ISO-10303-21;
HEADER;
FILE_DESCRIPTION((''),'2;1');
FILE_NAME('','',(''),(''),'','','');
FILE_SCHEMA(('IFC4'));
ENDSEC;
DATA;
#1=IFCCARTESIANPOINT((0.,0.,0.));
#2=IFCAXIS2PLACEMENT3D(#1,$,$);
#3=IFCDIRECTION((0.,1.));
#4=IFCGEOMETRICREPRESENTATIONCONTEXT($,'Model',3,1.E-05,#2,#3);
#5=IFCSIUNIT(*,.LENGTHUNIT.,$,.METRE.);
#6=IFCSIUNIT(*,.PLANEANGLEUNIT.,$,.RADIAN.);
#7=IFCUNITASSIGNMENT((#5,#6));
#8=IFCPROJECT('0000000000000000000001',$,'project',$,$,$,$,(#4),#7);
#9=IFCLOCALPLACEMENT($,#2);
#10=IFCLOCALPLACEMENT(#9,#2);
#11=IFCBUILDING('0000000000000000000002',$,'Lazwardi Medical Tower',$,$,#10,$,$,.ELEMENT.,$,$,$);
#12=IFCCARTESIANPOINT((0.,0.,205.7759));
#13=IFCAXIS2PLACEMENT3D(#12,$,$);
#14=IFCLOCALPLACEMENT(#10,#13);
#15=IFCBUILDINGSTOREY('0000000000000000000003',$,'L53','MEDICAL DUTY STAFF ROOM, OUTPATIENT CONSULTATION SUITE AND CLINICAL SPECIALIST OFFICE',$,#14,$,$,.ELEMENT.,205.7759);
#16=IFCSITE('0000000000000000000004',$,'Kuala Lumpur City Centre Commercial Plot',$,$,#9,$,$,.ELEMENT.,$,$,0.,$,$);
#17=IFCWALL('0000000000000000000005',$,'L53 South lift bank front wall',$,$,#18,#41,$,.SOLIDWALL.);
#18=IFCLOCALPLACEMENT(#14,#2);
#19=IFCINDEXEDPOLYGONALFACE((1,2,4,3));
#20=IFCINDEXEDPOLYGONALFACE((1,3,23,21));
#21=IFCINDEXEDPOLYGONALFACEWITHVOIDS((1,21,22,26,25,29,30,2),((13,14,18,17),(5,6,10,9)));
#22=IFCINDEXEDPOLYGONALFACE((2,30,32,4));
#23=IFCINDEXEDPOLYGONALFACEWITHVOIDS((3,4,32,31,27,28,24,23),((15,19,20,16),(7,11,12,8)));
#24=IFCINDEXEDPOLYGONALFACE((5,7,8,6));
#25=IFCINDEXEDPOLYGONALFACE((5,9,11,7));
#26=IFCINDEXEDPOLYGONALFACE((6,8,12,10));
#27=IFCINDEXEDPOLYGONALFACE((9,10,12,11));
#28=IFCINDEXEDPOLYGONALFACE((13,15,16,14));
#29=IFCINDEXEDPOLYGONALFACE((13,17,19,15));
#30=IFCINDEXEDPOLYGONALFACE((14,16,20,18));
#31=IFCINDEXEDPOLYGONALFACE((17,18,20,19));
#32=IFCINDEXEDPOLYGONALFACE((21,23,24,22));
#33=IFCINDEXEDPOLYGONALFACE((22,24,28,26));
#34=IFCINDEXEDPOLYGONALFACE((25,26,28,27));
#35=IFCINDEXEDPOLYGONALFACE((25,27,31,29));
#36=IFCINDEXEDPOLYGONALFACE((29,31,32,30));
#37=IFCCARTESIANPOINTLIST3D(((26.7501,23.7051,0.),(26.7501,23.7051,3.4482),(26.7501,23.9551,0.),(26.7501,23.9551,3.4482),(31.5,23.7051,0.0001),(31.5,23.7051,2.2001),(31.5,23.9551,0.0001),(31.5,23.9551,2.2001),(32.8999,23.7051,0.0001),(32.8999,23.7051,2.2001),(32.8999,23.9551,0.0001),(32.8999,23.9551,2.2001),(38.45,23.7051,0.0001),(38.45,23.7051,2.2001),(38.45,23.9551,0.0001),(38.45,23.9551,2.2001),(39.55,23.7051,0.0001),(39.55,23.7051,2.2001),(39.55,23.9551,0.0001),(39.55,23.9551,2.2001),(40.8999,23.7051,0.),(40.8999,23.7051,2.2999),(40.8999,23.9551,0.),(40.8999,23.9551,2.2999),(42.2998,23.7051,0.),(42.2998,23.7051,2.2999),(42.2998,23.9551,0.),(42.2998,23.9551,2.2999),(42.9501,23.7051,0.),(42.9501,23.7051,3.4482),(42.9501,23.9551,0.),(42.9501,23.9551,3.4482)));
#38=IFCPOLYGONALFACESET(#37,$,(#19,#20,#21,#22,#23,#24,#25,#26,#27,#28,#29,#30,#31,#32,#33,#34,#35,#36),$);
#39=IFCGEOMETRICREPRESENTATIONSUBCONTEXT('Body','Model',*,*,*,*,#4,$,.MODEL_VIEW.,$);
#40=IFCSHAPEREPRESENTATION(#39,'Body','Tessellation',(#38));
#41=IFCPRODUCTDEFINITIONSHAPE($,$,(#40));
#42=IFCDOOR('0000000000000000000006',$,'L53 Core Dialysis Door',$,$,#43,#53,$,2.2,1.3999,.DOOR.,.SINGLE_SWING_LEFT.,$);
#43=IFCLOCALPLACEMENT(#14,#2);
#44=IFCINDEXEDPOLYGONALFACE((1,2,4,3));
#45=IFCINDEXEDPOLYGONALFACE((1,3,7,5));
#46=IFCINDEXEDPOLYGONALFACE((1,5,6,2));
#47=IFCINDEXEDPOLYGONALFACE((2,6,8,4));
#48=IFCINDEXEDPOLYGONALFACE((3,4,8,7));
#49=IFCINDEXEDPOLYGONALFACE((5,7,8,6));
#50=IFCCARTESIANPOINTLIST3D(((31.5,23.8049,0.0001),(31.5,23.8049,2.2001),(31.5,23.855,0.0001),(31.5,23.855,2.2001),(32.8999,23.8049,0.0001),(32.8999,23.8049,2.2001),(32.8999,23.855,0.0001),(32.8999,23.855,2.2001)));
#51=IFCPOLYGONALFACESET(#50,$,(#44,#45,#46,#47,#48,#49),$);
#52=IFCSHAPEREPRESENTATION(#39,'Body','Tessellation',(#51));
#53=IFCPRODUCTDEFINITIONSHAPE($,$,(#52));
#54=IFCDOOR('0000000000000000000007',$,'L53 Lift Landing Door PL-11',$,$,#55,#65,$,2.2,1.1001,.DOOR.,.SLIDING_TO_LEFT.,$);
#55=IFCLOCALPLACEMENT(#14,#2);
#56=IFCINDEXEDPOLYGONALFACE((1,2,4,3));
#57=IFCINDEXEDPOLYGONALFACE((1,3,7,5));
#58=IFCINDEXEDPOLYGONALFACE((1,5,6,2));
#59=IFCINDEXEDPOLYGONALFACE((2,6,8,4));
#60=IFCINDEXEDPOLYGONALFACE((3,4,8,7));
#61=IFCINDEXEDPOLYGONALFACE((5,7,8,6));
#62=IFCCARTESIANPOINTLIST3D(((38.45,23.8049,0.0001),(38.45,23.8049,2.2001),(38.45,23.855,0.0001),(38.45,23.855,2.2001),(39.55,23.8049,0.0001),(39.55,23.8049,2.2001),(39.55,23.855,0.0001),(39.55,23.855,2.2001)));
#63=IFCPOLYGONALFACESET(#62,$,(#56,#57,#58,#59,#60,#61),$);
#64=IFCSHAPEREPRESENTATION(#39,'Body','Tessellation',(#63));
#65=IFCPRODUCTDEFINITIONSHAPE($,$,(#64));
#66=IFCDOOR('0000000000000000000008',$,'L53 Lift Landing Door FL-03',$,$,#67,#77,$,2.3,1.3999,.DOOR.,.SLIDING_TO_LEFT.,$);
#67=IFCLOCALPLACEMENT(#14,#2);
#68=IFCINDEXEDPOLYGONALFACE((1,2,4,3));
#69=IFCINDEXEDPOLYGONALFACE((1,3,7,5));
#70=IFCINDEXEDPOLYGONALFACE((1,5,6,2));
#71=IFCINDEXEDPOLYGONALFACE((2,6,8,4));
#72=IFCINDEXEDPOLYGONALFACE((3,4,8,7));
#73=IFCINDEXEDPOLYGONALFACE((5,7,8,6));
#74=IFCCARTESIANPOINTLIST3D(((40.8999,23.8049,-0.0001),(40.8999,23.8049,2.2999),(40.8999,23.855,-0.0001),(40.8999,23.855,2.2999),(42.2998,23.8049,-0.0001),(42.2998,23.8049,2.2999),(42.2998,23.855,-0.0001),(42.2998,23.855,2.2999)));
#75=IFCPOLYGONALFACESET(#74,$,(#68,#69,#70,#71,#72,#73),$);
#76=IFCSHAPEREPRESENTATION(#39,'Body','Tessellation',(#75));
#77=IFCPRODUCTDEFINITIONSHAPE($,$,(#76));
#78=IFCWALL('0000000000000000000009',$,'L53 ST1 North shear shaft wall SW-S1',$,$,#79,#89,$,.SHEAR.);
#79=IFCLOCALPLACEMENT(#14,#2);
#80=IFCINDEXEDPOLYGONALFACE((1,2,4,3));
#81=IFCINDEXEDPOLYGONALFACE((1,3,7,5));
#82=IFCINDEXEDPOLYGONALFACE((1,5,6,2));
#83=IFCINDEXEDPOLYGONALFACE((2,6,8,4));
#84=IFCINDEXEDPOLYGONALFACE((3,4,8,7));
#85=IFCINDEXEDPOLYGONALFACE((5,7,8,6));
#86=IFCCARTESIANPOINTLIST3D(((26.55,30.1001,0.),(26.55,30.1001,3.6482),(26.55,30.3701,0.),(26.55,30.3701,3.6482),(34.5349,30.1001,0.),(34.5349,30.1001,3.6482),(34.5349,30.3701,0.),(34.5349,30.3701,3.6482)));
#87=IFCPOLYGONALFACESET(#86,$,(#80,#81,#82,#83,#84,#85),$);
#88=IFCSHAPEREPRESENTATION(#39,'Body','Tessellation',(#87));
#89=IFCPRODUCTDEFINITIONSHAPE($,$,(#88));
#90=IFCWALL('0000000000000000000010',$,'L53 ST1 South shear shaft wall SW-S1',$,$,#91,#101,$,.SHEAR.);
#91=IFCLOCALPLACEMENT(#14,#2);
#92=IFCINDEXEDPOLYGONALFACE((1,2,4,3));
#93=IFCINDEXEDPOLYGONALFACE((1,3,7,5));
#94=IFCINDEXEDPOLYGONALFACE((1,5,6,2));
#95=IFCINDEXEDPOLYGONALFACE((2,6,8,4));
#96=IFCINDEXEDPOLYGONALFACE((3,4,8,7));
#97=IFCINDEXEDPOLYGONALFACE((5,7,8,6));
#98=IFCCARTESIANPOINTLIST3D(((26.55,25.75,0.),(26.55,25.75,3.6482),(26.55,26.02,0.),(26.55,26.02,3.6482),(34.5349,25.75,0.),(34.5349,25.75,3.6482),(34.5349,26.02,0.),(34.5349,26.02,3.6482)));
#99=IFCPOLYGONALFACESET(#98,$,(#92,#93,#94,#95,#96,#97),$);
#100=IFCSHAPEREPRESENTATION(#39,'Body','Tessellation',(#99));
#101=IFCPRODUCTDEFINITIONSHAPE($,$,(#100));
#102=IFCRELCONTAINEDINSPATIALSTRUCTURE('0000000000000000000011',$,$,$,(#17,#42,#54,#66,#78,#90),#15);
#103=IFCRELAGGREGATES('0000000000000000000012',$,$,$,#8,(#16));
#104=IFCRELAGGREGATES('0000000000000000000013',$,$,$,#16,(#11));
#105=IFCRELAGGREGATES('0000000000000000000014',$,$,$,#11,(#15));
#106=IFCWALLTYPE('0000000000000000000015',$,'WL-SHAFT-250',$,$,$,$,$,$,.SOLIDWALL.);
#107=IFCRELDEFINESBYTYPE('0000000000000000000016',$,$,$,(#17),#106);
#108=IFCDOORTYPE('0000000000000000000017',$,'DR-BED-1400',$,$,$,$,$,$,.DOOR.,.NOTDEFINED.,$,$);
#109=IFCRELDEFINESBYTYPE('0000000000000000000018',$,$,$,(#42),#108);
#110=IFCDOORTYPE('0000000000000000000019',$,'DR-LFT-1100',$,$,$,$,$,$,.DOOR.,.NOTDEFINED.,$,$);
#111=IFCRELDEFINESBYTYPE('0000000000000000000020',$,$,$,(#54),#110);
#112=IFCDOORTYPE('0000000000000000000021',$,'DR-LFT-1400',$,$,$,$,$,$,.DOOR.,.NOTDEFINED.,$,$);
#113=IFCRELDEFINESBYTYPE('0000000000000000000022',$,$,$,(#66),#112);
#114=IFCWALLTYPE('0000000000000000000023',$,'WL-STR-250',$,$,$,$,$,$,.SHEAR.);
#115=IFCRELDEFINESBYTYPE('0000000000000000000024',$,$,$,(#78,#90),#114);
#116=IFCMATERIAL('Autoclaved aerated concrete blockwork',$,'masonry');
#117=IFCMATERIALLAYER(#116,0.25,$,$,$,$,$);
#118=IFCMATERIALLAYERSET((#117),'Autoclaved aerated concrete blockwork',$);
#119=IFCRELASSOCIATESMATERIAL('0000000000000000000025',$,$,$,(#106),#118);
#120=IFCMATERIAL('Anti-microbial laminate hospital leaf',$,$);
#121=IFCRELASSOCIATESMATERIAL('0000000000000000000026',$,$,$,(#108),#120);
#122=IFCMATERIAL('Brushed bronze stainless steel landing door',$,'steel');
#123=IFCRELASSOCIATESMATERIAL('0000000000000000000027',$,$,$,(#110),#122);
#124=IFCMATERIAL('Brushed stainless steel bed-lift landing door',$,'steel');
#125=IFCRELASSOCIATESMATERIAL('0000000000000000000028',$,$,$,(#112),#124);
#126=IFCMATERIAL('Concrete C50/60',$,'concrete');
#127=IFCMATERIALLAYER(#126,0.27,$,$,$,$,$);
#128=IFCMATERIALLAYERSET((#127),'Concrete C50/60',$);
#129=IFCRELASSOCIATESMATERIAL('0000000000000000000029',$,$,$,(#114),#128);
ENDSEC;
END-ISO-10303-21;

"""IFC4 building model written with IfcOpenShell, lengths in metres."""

from ifc_helpers import new_model, si_unit, direction, frame, frame_2d, origin, place, context, subcontext, project, spatial, rectangle, extrude, material, layer, layer_set, type_object, element, fill, save


model = new_model("IFC4")

# Units and contexts
model_context = context("Model", 3, precision=1e-05, world=origin(), true_north=direction((0.0, 1.0)))
body_context = subcontext(model_context, "Body", "Model", "MODEL_VIEW")
ifc_project = project(units=[si_unit("LENGTHUNIT", "METRE"), si_unit("PLANEANGLEUNIT", "RADIAN")], contexts=[model_context])

# Site, building, storey
site_placement = place(None, origin())
site = spatial("IfcSite", under=ifc_project, at=site_placement, Name="Kuala Lumpur City Centre Commercial Plot", CompositionType="ELEMENT", RefElevation=0.0)
building_placement = place(site_placement, origin())
building = spatial("IfcBuilding", under=site, at=building_placement, Name="Lazwardi Medical Tower", CompositionType="ELEMENT")
storey_placement = place(building_placement, frame((0.0, 0.0, 205.7759)))
storey = spatial("IfcBuildingStorey", under=building, at=storey_placement, Name="L53", Description="MEDICAL DUTY STAFF ROOM, OUTPATIENT CONSULTATION SUITE AND CLINICAL SPECIALIST OFFICE", CompositionType="ELEMENT", Elevation=205.7759)

# Wall, openings, doors
ifc_material_1 = material(Name="Autoclaved aerated concrete blockwork", Category="masonry")
ifc_layer_1 = layer(ifc_material_1, 0.25)
ifc_layer_set_1 = layer_set([ifc_layer_1], Name="Autoclaved aerated concrete blockwork")
wall_type_1 = type_object("IfcWallType", Name="WL-SHAFT-250", PredefinedType="SOLIDWALL", material=ifc_layer_set_1)
wall_1_placement = place(storey_placement, frame((26.75, 23.8301, 0.0), z_axis=(0.0, 0.0, 1.0), x_axis=(1.0, 0.0, 0.0)))
wall_1 = element("IfcWall", 1, at=wall_1_placement, inside=storey, type_object=wall_type_1, Name="L53 South lift bank front wall", PredefinedType="SOLIDWALL", context=body_context, shape_type="SweptSolid", body=[
    extrude(rectangle(XDim=16.2, YDim=0.25, at=frame_2d((8.1001, 0.0))), origin(), (0.0, 0.0, 1.0), 3.4482),
])
opening_1_placement = place(wall_1_placement, frame((4.75, 0.0, 0.0)))
opening_1 = element("IfcOpeningElement", 2, at=opening_1_placement, cuts=wall_1, PredefinedType="OPENING", context=body_context, shape_type="SweptSolid", body=[
    extrude(rectangle(XDim=1.3999, YDim=2.2, at=frame_2d((0.7, 1.1001))), frame((0.0, 0.135, 0.0), z_axis=(0.0, -1.0, 0.0), x_axis=(1.0, 0.0, 0.0)), (0.0, 0.0, 1.0), 0.27),
])
opening_2_placement = place(wall_1_placement, frame((11.7, 0.0, 0.0)))
opening_2 = element("IfcOpeningElement", 3, at=opening_2_placement, cuts=wall_1, PredefinedType="OPENING", context=body_context, shape_type="SweptSolid", body=[
    extrude(rectangle(XDim=1.1001, YDim=2.2, at=frame_2d((0.55, 1.1001))), frame((0.0, 0.135, 0.0), z_axis=(0.0, -1.0, 0.0), x_axis=(1.0, 0.0, 0.0)), (0.0, 0.0, 1.0), 0.27),
])
opening_3_placement = place(wall_1_placement, frame((14.1499, 0.0, 0.0)))
opening_3 = element("IfcOpeningElement", 4, at=opening_3_placement, cuts=wall_1, PredefinedType="OPENING", context=body_context, shape_type="SweptSolid", body=[
    extrude(rectangle(XDim=1.3999, YDim=2.3, at=frame_2d((0.7, 1.1499))), frame((0.0, 0.135, 0.0), z_axis=(0.0, -1.0, 0.0), x_axis=(1.0, 0.0, 0.0)), (0.0, 0.0, 1.0), 0.27),
])
ifc_material_2 = material(Name="Anti-microbial laminate hospital leaf")
door_type_1 = type_object("IfcDoorType", Name="DR-BED-1400", OperationType="NOTDEFINED", PredefinedType="DOOR", material=ifc_material_2)
door_1_placement = place(opening_1_placement, origin())
door_1 = element("IfcDoor", 5, at=door_1_placement, inside=storey, type_object=door_type_1, Name="L53 Core Dialysis Door", OperationType="SINGLE_SWING_LEFT", OverallHeight=2.2, OverallWidth=1.3999, PredefinedType="DOOR", context=body_context, shape_type="SweptSolid", body=[
    extrude(rectangle(XDim=1.3999, YDim=2.2, at=frame_2d((0.7, 1.1001))), frame((0.0, 0.0249, 0.0), z_axis=(0.0, -1.0, 0.0), x_axis=(1.0, 0.0, 0.0)), (0.0, 0.0, 1.0), 0.05),
])
fill(opening_1, door_1)
ifc_material_3 = material(Name="Brushed bronze stainless steel landing door", Category="steel")
door_type_2 = type_object("IfcDoorType", Name="DR-LFT-1100", OperationType="NOTDEFINED", PredefinedType="DOOR", material=ifc_material_3)
door_2_placement = place(opening_2_placement, origin())
door_2 = element("IfcDoor", 6, at=door_2_placement, inside=storey, type_object=door_type_2, Name="L53 Lift Landing Door PL-11", OperationType="SLIDING_TO_LEFT", OverallHeight=2.2, OverallWidth=1.1001, PredefinedType="DOOR", context=body_context, shape_type="SweptSolid", body=[
    extrude(rectangle(XDim=1.1001, YDim=2.2, at=frame_2d((0.55, 1.1001))), frame((0.0, 0.0249, 0.0), z_axis=(0.0, -1.0, 0.0), x_axis=(1.0, 0.0, 0.0)), (0.0, 0.0, 1.0), 0.05),
])
fill(opening_2, door_2)
ifc_material_4 = material(Name="Brushed stainless steel bed-lift landing door", Category="steel")
door_type_3 = type_object("IfcDoorType", Name="DR-LFT-1400", OperationType="NOTDEFINED", PredefinedType="DOOR", material=ifc_material_4)
door_3_placement = place(opening_3_placement, origin())
door_3 = element("IfcDoor", 7, at=door_3_placement, inside=storey, type_object=door_type_3, Name="L53 Lift Landing Door FL-03", OperationType="SLIDING_TO_LEFT", OverallHeight=2.3, OverallWidth=1.3999, PredefinedType="DOOR", context=body_context, shape_type="SweptSolid", body=[
    extrude(rectangle(XDim=1.3999, YDim=2.3, at=frame_2d((0.7, 1.1499))), frame((0.0, 0.0249, 0.0), z_axis=(0.0, -1.0, 0.0), x_axis=(1.0, 0.0, 0.0)), (0.0, 0.0, 1.0), 0.05),
])
fill(opening_3, door_3)

# Walls
ifc_material_5 = material(Name="Concrete C50/60", Category="concrete")
ifc_layer_2 = layer(ifc_material_5, 0.27)
ifc_layer_set_2 = layer_set([ifc_layer_2], Name="Concrete C50/60")
wall_type_2 = type_object("IfcWallType", Name="WL-STR-250", PredefinedType="SHEAR", material=ifc_layer_set_2)
for number, where, z_axis, x_axis, name in (
    (8, (26.55, 30.2351, 0.0), (0.0, 0.0, 1.0), (1.0, 0.0, 0.0), "L53 ST1 North shear shaft wall SW-S1"),
    (9, (26.55, 25.885, 0.0), (0.0, 0.0, 1.0), (1.0, 0.0, 0.0), "L53 ST1 South shear shaft wall SW-S1"),
):
    element("IfcWall", number, at=place(storey_placement, frame(where, z_axis=z_axis, x_axis=x_axis)), inside=storey, type_object=wall_type_2, Name=name, PredefinedType="SHEAR", context=body_context, shape_type="SweptSolid", body=[
        extrude(rectangle(XDim=7.9849, YDim=0.27, at=frame_2d((3.9924, 0.0))), origin(), (0.0, 0.0, 1.0), 3.6482),
    ])

save(model, "model.ifc")
